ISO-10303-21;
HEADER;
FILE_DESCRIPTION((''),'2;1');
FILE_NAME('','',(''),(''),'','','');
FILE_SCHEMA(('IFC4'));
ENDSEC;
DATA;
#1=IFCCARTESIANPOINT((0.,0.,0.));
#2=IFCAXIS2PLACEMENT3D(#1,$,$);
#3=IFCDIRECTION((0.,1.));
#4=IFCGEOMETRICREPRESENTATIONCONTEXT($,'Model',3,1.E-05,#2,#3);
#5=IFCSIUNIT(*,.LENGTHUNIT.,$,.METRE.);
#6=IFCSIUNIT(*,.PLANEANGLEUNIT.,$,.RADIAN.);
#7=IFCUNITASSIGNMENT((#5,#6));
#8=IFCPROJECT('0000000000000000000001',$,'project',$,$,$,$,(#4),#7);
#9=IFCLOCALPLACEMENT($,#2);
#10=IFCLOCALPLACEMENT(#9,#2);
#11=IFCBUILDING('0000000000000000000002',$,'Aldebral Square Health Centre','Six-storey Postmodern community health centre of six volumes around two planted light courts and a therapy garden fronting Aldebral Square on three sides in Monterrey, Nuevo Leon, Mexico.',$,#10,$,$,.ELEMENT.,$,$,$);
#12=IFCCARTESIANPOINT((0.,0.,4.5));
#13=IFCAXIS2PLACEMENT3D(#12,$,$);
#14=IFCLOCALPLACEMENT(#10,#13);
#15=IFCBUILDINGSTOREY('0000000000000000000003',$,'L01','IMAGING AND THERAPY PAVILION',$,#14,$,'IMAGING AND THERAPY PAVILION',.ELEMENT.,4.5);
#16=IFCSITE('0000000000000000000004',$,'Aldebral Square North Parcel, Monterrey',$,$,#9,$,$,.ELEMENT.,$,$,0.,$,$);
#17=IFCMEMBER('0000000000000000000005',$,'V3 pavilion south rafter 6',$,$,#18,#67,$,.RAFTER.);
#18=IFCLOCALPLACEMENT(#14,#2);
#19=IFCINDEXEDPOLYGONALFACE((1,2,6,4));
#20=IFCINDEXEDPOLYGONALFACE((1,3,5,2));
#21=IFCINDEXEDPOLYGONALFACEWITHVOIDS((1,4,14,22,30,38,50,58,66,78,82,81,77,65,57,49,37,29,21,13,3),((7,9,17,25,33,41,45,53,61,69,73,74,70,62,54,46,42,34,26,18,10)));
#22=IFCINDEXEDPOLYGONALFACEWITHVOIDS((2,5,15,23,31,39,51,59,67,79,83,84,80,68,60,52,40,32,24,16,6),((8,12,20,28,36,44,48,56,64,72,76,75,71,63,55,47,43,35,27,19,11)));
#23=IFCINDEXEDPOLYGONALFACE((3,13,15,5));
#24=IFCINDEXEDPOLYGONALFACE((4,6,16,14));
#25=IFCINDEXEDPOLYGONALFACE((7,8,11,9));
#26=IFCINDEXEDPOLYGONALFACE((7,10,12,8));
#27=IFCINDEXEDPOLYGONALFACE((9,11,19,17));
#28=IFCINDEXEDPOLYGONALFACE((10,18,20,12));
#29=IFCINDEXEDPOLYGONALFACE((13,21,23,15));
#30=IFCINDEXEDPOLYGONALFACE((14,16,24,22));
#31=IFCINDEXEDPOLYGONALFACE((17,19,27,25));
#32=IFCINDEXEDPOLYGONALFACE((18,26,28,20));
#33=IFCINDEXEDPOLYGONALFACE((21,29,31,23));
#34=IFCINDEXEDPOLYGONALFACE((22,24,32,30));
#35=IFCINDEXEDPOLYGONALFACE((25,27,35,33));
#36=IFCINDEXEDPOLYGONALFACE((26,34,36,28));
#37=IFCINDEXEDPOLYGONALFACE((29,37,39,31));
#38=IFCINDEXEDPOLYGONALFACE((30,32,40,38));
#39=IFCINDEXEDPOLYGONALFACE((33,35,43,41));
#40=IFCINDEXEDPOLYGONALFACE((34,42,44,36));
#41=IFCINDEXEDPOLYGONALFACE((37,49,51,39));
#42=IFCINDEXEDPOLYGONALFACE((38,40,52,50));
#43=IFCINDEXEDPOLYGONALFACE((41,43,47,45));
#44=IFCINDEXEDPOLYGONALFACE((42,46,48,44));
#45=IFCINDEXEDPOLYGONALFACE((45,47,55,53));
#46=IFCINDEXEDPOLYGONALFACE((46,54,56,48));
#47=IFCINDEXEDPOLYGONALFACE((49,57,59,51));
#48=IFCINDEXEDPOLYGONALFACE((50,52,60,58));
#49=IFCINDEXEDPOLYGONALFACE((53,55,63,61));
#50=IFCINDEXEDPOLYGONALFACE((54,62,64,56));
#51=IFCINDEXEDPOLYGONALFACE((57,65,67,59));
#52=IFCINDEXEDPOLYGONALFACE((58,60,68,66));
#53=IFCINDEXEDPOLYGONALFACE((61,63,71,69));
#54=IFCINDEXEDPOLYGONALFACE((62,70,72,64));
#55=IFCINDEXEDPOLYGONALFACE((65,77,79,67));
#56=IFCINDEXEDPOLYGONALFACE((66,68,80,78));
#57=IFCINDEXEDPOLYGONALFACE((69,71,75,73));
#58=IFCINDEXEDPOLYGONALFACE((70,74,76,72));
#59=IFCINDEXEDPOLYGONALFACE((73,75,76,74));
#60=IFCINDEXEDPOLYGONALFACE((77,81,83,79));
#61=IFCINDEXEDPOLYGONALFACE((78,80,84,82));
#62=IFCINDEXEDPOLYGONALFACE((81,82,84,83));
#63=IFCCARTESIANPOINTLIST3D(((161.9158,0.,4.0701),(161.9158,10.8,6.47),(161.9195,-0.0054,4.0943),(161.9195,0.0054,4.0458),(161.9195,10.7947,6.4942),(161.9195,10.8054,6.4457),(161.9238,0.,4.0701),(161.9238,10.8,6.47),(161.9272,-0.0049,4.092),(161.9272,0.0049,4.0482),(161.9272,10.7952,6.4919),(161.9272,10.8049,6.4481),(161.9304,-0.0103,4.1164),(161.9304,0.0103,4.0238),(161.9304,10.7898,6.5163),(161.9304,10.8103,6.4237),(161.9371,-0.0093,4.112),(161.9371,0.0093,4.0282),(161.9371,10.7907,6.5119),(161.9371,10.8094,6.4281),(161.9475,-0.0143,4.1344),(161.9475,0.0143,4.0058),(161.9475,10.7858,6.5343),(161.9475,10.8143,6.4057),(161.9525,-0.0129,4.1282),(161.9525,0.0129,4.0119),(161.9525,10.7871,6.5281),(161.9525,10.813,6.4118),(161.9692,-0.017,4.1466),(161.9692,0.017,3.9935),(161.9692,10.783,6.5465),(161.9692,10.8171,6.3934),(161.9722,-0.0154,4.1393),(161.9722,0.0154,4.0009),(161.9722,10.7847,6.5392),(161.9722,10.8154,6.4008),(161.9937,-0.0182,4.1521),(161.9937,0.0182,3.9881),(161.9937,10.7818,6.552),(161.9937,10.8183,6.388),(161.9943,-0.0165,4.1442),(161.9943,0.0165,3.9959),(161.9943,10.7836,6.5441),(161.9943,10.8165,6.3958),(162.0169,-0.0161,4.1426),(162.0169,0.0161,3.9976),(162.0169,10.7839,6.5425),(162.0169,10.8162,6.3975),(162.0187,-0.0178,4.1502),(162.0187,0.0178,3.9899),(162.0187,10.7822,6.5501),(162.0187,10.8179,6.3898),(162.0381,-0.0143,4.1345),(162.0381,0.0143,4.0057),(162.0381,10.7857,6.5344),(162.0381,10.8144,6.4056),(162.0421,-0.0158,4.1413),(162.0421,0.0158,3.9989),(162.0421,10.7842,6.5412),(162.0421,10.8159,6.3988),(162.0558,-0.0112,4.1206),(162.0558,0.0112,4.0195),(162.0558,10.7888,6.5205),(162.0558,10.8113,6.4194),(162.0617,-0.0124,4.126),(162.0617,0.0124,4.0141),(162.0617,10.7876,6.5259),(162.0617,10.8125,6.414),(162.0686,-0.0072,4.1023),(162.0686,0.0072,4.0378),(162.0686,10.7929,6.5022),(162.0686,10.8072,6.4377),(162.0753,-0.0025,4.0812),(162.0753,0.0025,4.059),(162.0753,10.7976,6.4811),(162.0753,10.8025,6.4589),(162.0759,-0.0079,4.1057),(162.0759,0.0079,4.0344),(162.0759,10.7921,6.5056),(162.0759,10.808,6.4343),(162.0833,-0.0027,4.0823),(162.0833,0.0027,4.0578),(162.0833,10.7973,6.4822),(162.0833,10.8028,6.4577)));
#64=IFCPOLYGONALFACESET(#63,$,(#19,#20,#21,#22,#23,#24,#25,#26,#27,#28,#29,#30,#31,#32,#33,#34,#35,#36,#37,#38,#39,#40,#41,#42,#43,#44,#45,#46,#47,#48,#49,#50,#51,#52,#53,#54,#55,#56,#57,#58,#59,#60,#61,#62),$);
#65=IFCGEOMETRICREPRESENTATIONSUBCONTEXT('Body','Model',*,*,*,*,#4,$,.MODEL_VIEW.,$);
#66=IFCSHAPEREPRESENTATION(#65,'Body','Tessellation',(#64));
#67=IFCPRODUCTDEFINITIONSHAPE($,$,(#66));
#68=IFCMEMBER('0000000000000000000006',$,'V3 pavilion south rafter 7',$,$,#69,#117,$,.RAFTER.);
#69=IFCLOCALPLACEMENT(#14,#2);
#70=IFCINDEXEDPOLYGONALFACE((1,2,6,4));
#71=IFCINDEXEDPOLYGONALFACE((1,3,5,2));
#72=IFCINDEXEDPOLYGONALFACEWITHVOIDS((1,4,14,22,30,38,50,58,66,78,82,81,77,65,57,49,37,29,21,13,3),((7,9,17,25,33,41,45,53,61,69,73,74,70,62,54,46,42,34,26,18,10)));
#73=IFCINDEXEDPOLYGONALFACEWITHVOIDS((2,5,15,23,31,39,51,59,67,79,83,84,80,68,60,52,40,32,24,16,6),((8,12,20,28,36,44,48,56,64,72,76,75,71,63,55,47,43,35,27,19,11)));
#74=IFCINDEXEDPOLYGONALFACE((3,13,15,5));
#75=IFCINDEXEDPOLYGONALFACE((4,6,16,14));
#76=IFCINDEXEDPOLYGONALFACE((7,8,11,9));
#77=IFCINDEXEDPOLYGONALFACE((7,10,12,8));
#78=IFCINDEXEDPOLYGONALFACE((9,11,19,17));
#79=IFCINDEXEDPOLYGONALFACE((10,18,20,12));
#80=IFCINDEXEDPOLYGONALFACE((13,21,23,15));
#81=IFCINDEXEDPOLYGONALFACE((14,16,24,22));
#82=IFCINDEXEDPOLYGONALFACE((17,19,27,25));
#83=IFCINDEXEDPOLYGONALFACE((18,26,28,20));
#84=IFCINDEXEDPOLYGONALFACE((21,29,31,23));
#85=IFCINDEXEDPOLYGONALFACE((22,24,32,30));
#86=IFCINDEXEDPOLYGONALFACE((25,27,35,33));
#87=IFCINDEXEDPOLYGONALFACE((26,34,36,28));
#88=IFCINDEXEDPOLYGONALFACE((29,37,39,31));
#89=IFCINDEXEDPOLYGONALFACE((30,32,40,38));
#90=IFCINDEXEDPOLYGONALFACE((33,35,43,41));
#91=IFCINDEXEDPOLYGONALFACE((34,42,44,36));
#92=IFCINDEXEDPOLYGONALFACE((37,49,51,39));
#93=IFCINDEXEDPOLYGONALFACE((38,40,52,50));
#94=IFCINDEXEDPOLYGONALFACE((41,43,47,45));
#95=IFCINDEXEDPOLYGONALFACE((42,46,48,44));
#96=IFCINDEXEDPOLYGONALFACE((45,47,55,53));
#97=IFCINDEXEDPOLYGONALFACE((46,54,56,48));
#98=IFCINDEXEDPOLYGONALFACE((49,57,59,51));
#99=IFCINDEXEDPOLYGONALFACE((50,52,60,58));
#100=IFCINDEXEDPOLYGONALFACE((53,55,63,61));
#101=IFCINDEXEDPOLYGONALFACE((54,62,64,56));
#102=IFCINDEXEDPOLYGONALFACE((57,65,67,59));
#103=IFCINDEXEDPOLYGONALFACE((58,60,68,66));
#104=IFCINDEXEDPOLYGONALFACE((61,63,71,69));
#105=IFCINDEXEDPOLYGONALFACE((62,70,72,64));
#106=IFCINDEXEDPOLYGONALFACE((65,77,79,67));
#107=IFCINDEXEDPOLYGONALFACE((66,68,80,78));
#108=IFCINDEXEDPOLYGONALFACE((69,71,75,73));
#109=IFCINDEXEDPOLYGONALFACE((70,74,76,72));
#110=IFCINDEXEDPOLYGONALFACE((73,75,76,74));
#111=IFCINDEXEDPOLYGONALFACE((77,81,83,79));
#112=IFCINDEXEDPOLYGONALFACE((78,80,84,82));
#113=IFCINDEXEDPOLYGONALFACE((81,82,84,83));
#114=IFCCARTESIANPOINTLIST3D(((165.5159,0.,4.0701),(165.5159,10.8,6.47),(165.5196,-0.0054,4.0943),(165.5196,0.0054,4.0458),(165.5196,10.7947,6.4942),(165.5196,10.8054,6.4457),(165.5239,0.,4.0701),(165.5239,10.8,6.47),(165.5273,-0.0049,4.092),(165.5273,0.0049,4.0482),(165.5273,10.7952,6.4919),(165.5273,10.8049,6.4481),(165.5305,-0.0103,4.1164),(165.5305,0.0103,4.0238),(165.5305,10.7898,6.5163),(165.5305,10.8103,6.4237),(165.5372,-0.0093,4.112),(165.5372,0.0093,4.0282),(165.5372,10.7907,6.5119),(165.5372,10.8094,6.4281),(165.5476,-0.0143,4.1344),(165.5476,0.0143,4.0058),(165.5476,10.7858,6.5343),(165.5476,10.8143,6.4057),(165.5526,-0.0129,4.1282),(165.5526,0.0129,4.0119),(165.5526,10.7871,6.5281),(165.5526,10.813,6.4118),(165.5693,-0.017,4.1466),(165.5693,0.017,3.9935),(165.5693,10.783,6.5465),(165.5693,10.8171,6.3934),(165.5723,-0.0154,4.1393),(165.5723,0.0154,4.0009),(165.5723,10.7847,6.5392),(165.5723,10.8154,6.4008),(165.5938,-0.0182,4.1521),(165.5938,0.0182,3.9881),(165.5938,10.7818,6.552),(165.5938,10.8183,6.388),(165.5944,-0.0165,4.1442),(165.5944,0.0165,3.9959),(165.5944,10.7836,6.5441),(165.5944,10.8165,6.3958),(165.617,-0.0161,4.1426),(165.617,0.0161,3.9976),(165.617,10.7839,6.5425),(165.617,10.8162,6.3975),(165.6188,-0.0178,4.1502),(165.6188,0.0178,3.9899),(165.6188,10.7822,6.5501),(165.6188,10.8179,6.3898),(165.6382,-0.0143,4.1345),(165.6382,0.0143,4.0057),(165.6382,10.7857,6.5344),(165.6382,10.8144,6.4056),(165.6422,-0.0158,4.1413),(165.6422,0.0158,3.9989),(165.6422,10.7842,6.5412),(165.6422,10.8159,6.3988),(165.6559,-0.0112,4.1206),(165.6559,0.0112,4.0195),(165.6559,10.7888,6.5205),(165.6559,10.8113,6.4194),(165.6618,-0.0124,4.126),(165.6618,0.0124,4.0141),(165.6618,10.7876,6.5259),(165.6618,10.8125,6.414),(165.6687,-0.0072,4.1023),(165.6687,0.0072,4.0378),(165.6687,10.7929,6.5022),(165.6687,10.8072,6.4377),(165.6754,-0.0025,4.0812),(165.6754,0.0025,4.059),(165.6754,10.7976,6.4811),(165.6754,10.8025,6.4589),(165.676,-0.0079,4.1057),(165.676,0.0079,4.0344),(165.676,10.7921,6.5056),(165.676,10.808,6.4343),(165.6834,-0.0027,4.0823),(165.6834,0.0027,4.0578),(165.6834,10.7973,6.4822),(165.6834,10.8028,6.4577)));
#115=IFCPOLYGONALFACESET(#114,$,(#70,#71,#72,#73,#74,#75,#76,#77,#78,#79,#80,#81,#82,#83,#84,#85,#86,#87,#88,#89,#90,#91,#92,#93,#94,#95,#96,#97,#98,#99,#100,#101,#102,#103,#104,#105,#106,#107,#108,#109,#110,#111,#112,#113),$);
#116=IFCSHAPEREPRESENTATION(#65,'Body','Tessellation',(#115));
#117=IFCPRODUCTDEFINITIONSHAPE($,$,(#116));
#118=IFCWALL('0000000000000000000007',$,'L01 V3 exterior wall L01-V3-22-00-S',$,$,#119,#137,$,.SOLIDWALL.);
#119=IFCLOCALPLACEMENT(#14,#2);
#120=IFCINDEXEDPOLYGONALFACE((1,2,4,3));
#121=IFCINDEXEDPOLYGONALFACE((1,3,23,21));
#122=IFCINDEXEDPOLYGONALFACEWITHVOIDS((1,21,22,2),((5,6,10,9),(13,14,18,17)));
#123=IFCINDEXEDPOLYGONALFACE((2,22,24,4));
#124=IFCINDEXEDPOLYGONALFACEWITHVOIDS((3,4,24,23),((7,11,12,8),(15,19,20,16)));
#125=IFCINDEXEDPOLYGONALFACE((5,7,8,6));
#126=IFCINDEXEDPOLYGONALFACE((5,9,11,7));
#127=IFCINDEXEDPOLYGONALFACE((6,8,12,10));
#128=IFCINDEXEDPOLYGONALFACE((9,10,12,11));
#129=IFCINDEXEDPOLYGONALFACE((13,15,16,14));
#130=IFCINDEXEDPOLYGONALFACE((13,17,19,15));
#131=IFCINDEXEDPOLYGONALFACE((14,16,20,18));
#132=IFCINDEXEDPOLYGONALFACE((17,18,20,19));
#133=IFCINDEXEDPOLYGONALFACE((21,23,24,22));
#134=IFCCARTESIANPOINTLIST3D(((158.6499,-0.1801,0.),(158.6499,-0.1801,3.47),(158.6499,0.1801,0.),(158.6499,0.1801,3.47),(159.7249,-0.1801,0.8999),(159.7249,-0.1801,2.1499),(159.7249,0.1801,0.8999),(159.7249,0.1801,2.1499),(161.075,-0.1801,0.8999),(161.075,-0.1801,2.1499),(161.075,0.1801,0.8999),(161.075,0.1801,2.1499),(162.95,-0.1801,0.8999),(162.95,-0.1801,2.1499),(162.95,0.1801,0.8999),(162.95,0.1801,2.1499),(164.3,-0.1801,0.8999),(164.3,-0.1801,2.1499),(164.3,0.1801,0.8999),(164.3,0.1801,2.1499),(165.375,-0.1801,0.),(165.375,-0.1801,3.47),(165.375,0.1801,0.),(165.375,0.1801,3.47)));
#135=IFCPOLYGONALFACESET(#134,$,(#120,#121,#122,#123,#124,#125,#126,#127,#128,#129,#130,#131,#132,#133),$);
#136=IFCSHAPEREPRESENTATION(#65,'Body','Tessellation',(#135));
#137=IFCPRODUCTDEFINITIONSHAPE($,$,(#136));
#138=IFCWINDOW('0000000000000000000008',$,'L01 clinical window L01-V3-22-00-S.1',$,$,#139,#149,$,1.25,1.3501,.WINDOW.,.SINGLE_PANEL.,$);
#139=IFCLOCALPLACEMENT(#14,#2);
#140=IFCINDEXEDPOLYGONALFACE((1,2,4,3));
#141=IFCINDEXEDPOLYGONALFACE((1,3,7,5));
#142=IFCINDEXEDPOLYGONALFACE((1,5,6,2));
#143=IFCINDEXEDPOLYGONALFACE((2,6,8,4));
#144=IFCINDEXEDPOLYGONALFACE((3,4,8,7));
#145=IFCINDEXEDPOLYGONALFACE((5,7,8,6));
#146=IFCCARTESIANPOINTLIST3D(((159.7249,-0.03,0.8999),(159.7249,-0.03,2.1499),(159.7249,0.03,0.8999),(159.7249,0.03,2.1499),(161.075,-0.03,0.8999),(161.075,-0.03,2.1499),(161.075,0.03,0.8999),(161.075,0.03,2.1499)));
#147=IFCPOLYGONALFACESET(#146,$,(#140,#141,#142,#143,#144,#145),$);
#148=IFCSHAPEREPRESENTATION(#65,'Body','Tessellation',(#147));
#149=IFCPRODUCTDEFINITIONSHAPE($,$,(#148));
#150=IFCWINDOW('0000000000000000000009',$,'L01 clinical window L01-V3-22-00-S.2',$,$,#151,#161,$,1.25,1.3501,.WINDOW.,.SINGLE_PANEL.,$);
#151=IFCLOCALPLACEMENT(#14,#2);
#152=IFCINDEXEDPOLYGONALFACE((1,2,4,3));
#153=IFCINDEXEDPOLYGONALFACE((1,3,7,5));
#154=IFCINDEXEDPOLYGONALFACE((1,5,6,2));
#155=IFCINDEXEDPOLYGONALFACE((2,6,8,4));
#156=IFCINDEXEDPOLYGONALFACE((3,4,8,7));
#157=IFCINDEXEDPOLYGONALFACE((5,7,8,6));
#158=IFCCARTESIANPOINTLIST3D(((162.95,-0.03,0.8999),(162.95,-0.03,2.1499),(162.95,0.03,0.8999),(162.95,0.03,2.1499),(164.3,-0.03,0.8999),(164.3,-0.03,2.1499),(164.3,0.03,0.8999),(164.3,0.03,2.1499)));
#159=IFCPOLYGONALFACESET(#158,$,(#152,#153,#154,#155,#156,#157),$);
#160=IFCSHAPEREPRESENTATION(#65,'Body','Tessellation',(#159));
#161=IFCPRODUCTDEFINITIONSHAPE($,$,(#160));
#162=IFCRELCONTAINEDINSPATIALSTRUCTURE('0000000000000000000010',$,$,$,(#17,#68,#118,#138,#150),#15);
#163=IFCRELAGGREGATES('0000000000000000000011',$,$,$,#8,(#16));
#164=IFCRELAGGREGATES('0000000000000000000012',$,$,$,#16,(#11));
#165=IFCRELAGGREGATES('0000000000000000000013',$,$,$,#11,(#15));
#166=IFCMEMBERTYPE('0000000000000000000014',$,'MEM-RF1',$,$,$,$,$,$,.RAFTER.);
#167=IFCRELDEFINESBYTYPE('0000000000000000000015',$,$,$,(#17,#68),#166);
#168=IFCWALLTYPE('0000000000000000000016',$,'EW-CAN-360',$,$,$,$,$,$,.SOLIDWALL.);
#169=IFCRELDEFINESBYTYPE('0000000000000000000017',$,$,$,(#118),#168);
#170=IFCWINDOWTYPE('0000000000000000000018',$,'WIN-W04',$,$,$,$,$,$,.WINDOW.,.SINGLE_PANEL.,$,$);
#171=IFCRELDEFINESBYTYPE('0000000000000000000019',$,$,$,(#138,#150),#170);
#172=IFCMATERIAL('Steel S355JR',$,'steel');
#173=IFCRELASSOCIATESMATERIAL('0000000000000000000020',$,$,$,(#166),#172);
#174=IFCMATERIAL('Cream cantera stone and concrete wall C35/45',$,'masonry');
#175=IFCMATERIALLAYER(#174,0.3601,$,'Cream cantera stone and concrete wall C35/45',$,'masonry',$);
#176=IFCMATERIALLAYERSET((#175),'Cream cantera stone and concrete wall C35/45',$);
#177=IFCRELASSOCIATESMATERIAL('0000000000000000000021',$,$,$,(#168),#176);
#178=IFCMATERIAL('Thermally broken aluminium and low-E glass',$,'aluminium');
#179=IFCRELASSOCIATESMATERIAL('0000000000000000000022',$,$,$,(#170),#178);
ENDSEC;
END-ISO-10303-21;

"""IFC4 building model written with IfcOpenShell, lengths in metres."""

from ifc_helpers import new_model, si_unit, direction, frame, frame_2d, origin, origin_2d, place, context, subcontext, project, spatial, rectangle, hollow_circle, extrude, material, layer, layer_set, material_profile, profile_set, type_object, element, fill, save


model = new_model("IFC4")

# Units and contexts
model_context = context("Model", 3, precision=1e-05, world=origin(), true_north=direction((0.0, 1.0)))
body_context = subcontext(model_context, "Body", "Model", "MODEL_VIEW")
ifc_project = project(units=[si_unit("LENGTHUNIT", "METRE"), si_unit("PLANEANGLEUNIT", "RADIAN")], contexts=[model_context])

# Site, building, storey
site_placement = place(None, origin())
site = spatial("IfcSite", under=ifc_project, at=site_placement, Name="Aldebral Square North Parcel, Monterrey", CompositionType="ELEMENT", RefElevation=0.0)
building_placement = place(site_placement, origin())
building = spatial("IfcBuilding", under=site, at=building_placement, Name="Aldebral Square Health Centre", Description="Six-storey Postmodern community health centre of six volumes around two planted light courts and a therapy garden fronting Aldebral Square on three sides in Monterrey, Nuevo Leon, Mexico.", CompositionType="ELEMENT")
storey_placement = place(building_placement, frame((0.0, 0.0, 4.5)))
storey = spatial("IfcBuildingStorey", under=building, at=storey_placement, Name="L01", Description="IMAGING AND THERAPY PAVILION", LongName="IMAGING AND THERAPY PAVILION", CompositionType="ELEMENT", Elevation=4.5)

# Members
ifc_material_1 = material(Name="Steel S355JR", Category="steel")
ifc_material_profile_1 = material_profile(ifc_material_1, hollow_circle(Radius=0.0842, WallThickness=0.0081, at=origin_2d()), Name="168.3x8.0 CHS")
ifc_profile_set_1 = profile_set([ifc_material_profile_1], Name="Steel S355JR")
member_type = type_object("IfcMemberType", Name="MEM-RF1", PredefinedType="RAFTER", material=ifc_profile_set_1)
for number, where, z_axis, x_axis, name in (
    (1, (162.0, 0.0, 4.0701), (0.0, 0.976189, 0.216921), (-1.0, 0.0, 0.0), "V3 pavilion south rafter 6"),
    (2, (165.6001, 0.0, 4.0701), (0.0, 0.976189, 0.216921), (-1.0, 0.0, 0.0), "V3 pavilion south rafter 7"),
):
    element("IfcMember", number, at=place(storey_placement, frame(where, z_axis=z_axis, x_axis=x_axis)), inside=storey, type_object=member_type, Name=name, PredefinedType="RAFTER", context=body_context, shape_type="SweptSolid", body=[
        extrude(hollow_circle(Radius=0.0842, WallThickness=0.0081, at=origin_2d()), origin(), (0.0, 0.0, 1.0), 11.0635),
    ])

# Wall, openings, windows
ifc_material_2 = material(Name="Cream cantera stone and concrete wall C35/45", Category="masonry")
ifc_layer_1 = layer(ifc_material_2, 0.3601, Name="Cream cantera stone and concrete wall C35/45", Category="masonry")
ifc_layer_set_1 = layer_set([ifc_layer_1], Name="Cream cantera stone and concrete wall C35/45")
wall_type_1 = type_object("IfcWallType", Name="EW-CAN-360", PredefinedType="SOLIDWALL", material=ifc_layer_set_1)
wall_1_placement = place(storey_placement, frame((158.6499, 0.0, 0.0), z_axis=(0.0, 0.0, 1.0), x_axis=(1.0, 0.0, 0.0)))
wall_1 = element("IfcWall", 3, at=wall_1_placement, inside=storey, type_object=wall_type_1, Name="L01 V3 exterior wall L01-V3-22-00-S", PredefinedType="SOLIDWALL", context=body_context, shape_type="SweptSolid", body=[
    extrude(rectangle(XDim=6.7251, YDim=0.3601, at=frame_2d((3.3625, 0.0))), origin(), (0.0, 0.0, 1.0), 3.47),
])
opening_1_placement = place(wall_1_placement, frame((1.075, 0.0, 0.8999)))
opening_1 = element("IfcOpeningElement", 4, at=opening_1_placement, cuts=wall_1, PredefinedType="OPENING", context=body_context, shape_type="SweptSolid", body=[
    extrude(rectangle(XDim=1.3501, YDim=1.25, at=frame_2d((0.675, 0.625))), frame((0.0, 0.1899, 0.0), z_axis=(0.0, -1.0, 0.0), x_axis=(1.0, 0.0, 0.0)), (0.0, 0.0, 1.0), 0.3801),
])
opening_2_placement = place(wall_1_placement, frame((4.3, 0.0, 0.8999)))
opening_2 = element("IfcOpeningElement", 5, at=opening_2_placement, cuts=wall_1, PredefinedType="OPENING", context=body_context, shape_type="SweptSolid", body=[
    extrude(rectangle(XDim=1.3501, YDim=1.25, at=frame_2d((0.675, 0.625))), frame((0.0, 0.1899, 0.0), z_axis=(0.0, -1.0, 0.0), x_axis=(1.0, 0.0, 0.0)), (0.0, 0.0, 1.0), 0.3801),
])
ifc_material_3 = material(Name="Thermally broken aluminium and low-E glass", Category="aluminium")
window_type_1 = type_object("IfcWindowType", Name="WIN-W04", PartitioningType="SINGLE_PANEL", PredefinedType="WINDOW", material=ifc_material_3)
window_1_placement = place(opening_1_placement, origin())
window_1 = element("IfcWindow", 6, at=window_1_placement, inside=storey, type_object=window_type_1, Name="L01 clinical window L01-V3-22-00-S.1", OverallHeight=1.25, OverallWidth=1.3501, PartitioningType="SINGLE_PANEL", PredefinedType="WINDOW", context=body_context, shape_type="SweptSolid", body=[
    extrude(rectangle(XDim=1.3501, YDim=1.25, at=frame_2d((0.675, 0.625))), frame((0.0, 0.03, 0.0), z_axis=(0.0, -1.0, 0.0), x_axis=(1.0, 0.0, 0.0)), (0.0, 0.0, 1.0), 0.0601),
])
fill(opening_1, window_1)
window_2_placement = place(opening_2_placement, origin())
window_2 = element("IfcWindow", 7, at=window_2_placement, inside=storey, type_object=window_type_1, Name="L01 clinical window L01-V3-22-00-S.2", OverallHeight=1.25, OverallWidth=1.3501, PartitioningType="SINGLE_PANEL", PredefinedType="WINDOW", context=body_context, shape_type="SweptSolid", body=[
    extrude(rectangle(XDim=1.3501, YDim=1.25, at=frame_2d((0.675, 0.625))), frame((0.0, 0.03, 0.0), z_axis=(0.0, -1.0, 0.0), x_axis=(1.0, 0.0, 0.0)), (0.0, 0.0, 1.0), 0.0601),
])
fill(opening_2, window_2)

save(model, "model.ifc")
